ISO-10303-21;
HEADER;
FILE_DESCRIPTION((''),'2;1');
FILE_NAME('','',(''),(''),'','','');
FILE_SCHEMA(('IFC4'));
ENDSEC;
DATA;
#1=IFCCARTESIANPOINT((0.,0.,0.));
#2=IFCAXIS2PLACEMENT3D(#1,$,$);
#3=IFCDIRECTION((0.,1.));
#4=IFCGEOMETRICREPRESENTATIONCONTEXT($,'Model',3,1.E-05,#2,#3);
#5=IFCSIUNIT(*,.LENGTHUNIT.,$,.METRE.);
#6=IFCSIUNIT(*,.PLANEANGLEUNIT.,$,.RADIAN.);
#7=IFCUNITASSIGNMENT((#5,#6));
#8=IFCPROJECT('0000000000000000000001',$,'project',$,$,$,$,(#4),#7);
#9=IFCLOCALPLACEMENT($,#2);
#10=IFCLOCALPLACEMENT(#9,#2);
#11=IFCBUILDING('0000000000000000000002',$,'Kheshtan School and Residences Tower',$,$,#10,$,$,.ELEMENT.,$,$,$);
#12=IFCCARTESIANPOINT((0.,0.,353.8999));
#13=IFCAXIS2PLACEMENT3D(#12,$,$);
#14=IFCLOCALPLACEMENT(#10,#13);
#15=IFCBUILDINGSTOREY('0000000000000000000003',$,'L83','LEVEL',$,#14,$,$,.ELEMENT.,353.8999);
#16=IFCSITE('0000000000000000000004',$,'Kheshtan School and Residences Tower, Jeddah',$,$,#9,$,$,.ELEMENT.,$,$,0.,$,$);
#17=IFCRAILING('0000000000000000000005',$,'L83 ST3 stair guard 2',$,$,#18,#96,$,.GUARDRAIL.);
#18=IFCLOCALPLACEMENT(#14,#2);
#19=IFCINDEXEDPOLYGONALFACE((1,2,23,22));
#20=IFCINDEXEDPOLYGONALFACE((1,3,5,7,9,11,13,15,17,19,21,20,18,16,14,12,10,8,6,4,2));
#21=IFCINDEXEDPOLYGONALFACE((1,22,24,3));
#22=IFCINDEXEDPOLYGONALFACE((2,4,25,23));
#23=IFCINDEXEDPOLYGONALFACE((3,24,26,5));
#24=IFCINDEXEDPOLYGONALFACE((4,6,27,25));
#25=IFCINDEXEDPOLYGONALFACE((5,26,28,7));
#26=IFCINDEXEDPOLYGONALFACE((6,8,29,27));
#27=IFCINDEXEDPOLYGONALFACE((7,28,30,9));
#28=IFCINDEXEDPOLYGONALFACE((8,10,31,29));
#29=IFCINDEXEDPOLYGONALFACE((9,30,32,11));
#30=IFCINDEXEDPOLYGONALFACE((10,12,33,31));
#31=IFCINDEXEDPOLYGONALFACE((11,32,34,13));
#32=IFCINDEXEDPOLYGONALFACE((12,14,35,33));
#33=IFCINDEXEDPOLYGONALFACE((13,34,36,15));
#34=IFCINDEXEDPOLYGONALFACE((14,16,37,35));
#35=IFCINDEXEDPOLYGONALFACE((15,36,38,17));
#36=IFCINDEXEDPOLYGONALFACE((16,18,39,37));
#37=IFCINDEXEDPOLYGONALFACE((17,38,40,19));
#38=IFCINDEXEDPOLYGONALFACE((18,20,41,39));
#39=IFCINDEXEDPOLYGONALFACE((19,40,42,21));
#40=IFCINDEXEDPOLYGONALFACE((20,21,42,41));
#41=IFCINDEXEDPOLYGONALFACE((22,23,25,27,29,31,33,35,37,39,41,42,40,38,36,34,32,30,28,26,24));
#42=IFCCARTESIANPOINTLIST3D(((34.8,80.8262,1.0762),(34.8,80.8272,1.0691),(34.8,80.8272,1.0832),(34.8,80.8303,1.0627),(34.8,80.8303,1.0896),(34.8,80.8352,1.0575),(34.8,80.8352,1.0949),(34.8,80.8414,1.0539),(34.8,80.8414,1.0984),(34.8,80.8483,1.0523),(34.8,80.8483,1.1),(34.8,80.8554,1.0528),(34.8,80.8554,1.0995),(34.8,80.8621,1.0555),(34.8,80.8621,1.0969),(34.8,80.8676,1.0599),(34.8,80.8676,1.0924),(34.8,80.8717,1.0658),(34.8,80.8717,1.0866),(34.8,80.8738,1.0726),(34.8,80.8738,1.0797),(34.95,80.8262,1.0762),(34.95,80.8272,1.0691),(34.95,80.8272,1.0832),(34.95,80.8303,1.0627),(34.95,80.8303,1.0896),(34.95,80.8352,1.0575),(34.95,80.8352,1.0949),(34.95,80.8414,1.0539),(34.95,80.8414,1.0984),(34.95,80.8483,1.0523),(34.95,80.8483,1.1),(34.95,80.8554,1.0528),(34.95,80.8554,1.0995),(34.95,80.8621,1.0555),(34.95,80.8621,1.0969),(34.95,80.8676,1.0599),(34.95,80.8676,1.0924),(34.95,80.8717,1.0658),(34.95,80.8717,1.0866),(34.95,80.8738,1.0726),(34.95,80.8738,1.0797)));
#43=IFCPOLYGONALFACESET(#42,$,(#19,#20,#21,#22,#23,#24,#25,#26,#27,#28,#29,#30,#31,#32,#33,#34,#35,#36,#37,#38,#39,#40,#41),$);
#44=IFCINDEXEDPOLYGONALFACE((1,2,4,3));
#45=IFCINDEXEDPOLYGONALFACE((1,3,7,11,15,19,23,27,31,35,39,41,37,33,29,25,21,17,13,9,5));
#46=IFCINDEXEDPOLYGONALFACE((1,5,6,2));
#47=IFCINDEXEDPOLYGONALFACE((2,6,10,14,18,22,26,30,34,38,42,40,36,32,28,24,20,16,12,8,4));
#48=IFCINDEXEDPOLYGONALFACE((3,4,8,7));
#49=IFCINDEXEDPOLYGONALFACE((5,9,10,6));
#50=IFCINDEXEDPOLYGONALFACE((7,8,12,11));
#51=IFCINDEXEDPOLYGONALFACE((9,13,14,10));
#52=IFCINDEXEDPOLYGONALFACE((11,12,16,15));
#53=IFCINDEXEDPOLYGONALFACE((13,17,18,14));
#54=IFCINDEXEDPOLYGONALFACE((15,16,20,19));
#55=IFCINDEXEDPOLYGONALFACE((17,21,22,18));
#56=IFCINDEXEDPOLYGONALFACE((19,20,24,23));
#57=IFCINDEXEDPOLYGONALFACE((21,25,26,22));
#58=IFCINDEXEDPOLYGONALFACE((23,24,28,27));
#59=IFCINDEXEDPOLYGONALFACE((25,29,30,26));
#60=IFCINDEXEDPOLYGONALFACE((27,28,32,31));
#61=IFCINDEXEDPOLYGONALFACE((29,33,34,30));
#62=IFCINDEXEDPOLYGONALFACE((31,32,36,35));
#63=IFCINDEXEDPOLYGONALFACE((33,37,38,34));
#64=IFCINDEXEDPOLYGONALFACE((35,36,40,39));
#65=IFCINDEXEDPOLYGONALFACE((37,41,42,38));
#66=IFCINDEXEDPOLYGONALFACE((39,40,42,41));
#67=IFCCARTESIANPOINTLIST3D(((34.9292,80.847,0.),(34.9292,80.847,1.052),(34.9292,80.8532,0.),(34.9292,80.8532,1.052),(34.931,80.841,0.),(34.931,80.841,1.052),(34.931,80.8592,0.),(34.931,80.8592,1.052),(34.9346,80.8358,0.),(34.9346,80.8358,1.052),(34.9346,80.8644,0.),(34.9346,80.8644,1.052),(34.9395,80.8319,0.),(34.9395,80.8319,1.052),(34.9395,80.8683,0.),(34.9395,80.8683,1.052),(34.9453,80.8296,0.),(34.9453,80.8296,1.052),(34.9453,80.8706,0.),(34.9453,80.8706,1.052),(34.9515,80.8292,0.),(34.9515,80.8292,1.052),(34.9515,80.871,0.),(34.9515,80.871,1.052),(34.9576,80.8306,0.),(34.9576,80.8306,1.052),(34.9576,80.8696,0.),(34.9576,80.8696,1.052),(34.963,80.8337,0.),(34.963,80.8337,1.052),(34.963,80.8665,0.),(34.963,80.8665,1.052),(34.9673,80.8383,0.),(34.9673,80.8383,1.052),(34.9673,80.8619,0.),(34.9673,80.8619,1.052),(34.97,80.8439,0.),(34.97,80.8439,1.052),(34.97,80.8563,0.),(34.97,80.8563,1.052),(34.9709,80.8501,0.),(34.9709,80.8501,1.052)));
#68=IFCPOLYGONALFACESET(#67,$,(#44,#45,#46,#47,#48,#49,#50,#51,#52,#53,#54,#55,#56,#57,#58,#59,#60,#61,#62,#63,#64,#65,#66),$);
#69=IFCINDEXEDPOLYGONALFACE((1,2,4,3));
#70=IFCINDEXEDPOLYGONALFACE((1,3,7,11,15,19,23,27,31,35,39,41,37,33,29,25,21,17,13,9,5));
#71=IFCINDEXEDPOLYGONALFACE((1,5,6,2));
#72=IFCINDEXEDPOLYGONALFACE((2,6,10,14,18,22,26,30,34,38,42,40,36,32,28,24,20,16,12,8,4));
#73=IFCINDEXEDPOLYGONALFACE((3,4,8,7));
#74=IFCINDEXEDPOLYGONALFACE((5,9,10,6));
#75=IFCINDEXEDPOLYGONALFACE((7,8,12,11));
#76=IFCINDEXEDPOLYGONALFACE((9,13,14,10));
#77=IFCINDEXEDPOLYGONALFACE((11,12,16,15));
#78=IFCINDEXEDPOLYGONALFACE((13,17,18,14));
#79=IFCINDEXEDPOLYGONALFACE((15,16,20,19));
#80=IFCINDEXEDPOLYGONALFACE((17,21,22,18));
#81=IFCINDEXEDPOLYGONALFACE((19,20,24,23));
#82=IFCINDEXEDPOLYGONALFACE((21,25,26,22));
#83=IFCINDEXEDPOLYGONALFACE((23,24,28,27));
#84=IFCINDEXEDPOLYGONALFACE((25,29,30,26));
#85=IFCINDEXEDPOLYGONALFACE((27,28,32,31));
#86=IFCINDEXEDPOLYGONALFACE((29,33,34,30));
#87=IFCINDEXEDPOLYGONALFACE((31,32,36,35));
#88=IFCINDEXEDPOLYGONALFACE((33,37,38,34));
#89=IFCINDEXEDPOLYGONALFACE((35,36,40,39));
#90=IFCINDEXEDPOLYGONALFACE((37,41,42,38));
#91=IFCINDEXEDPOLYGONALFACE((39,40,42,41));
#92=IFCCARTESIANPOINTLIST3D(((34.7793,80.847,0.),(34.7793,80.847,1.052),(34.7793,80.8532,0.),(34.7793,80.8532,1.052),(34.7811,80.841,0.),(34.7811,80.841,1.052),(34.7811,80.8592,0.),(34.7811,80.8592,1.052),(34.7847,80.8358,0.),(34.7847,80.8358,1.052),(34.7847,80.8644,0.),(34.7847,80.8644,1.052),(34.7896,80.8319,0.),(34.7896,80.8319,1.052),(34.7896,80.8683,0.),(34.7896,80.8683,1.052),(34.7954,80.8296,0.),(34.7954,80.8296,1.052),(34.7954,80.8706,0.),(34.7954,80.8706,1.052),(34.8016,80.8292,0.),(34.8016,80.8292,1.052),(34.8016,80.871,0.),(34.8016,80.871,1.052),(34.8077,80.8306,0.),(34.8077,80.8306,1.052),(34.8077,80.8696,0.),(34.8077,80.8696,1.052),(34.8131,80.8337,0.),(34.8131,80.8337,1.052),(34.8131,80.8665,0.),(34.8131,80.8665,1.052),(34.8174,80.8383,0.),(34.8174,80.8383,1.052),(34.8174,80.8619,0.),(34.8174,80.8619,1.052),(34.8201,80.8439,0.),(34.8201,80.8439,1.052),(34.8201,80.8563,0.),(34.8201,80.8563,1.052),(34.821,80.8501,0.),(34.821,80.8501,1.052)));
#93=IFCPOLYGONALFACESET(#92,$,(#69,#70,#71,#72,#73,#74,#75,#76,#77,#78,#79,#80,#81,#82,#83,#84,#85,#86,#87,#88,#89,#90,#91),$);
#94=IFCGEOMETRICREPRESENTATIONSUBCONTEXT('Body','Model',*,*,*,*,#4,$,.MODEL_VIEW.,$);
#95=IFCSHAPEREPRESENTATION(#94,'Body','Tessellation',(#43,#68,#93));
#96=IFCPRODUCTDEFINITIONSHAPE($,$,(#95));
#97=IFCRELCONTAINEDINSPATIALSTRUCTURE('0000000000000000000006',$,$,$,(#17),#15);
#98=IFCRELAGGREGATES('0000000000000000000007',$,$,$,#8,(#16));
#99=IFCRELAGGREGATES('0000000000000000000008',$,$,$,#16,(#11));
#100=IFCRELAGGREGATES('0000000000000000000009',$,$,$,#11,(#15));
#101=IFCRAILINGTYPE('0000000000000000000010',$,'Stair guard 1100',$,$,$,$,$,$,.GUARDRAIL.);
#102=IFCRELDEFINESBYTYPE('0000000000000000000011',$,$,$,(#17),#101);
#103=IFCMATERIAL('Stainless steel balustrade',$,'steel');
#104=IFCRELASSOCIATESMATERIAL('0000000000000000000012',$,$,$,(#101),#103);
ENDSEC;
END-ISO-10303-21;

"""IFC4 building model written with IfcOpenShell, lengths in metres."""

from ifc_helpers import new_model, si_unit, direction, frame, origin, origin_2d, place, context, subcontext, project, spatial, circle, extrude, material, type_object, element, save


model = new_model("IFC4")

# Units and contexts
model_context = context("Model", 3, precision=1e-05, world=origin(), true_north=direction((0.0, 1.0)))
body_context = subcontext(model_context, "Body", "Model", "MODEL_VIEW")
ifc_project = project(units=[si_unit("LENGTHUNIT", "METRE"), si_unit("PLANEANGLEUNIT", "RADIAN")], contexts=[model_context])

# Site, building, storey
site_placement = place(None, origin())
site = spatial("IfcSite", under=ifc_project, at=site_placement, Name="Kheshtan School and Residences Tower, Jeddah", CompositionType="ELEMENT", RefElevation=0.0)
building_placement = place(site_placement, origin())
building = spatial("IfcBuilding", under=site, at=building_placement, Name="Kheshtan School and Residences Tower", CompositionType="ELEMENT")
storey_placement = place(building_placement, frame((0.0, 0.0, 353.8999)))
storey = spatial("IfcBuildingStorey", under=building, at=storey_placement, Name="L83", Description="LEVEL", CompositionType="ELEMENT", Elevation=353.8999)

# Railing
ifc_material_1 = material(Name="Stainless steel balustrade", Category="steel")
railing_type_1 = type_object("IfcRailingType", Name="Stair guard 1100", PredefinedType="GUARDRAIL", material=ifc_material_1)
railing_1_placement = place(storey_placement, frame((34.95, 80.8501, 0.0)))
element("IfcRailing", 1, at=railing_1_placement, inside=storey, type_object=railing_type_1, Name="L83 ST3 stair guard 2", PredefinedType="GUARDRAIL", context=body_context, shape_type="SweptSolid", body=[
    extrude(circle(Radius=0.0239, at=origin_2d()), frame((0.0, 0.0, 1.0762), z_axis=(-1.0, 0.0, 0.0), x_axis=(0.0, -1.0, 0.0)), (0.0, 0.0, 1.0), 0.1499),
    extrude(circle(Radius=0.021, at=origin_2d()), origin(), (0.0, 0.0, 1.0), 1.052),
    extrude(circle(Radius=0.021, at=origin_2d()), frame((-0.1499, 0.0, 0.0)), (0.0, 0.0, 1.0), 1.052),
])

save(model, "model.ifc")
